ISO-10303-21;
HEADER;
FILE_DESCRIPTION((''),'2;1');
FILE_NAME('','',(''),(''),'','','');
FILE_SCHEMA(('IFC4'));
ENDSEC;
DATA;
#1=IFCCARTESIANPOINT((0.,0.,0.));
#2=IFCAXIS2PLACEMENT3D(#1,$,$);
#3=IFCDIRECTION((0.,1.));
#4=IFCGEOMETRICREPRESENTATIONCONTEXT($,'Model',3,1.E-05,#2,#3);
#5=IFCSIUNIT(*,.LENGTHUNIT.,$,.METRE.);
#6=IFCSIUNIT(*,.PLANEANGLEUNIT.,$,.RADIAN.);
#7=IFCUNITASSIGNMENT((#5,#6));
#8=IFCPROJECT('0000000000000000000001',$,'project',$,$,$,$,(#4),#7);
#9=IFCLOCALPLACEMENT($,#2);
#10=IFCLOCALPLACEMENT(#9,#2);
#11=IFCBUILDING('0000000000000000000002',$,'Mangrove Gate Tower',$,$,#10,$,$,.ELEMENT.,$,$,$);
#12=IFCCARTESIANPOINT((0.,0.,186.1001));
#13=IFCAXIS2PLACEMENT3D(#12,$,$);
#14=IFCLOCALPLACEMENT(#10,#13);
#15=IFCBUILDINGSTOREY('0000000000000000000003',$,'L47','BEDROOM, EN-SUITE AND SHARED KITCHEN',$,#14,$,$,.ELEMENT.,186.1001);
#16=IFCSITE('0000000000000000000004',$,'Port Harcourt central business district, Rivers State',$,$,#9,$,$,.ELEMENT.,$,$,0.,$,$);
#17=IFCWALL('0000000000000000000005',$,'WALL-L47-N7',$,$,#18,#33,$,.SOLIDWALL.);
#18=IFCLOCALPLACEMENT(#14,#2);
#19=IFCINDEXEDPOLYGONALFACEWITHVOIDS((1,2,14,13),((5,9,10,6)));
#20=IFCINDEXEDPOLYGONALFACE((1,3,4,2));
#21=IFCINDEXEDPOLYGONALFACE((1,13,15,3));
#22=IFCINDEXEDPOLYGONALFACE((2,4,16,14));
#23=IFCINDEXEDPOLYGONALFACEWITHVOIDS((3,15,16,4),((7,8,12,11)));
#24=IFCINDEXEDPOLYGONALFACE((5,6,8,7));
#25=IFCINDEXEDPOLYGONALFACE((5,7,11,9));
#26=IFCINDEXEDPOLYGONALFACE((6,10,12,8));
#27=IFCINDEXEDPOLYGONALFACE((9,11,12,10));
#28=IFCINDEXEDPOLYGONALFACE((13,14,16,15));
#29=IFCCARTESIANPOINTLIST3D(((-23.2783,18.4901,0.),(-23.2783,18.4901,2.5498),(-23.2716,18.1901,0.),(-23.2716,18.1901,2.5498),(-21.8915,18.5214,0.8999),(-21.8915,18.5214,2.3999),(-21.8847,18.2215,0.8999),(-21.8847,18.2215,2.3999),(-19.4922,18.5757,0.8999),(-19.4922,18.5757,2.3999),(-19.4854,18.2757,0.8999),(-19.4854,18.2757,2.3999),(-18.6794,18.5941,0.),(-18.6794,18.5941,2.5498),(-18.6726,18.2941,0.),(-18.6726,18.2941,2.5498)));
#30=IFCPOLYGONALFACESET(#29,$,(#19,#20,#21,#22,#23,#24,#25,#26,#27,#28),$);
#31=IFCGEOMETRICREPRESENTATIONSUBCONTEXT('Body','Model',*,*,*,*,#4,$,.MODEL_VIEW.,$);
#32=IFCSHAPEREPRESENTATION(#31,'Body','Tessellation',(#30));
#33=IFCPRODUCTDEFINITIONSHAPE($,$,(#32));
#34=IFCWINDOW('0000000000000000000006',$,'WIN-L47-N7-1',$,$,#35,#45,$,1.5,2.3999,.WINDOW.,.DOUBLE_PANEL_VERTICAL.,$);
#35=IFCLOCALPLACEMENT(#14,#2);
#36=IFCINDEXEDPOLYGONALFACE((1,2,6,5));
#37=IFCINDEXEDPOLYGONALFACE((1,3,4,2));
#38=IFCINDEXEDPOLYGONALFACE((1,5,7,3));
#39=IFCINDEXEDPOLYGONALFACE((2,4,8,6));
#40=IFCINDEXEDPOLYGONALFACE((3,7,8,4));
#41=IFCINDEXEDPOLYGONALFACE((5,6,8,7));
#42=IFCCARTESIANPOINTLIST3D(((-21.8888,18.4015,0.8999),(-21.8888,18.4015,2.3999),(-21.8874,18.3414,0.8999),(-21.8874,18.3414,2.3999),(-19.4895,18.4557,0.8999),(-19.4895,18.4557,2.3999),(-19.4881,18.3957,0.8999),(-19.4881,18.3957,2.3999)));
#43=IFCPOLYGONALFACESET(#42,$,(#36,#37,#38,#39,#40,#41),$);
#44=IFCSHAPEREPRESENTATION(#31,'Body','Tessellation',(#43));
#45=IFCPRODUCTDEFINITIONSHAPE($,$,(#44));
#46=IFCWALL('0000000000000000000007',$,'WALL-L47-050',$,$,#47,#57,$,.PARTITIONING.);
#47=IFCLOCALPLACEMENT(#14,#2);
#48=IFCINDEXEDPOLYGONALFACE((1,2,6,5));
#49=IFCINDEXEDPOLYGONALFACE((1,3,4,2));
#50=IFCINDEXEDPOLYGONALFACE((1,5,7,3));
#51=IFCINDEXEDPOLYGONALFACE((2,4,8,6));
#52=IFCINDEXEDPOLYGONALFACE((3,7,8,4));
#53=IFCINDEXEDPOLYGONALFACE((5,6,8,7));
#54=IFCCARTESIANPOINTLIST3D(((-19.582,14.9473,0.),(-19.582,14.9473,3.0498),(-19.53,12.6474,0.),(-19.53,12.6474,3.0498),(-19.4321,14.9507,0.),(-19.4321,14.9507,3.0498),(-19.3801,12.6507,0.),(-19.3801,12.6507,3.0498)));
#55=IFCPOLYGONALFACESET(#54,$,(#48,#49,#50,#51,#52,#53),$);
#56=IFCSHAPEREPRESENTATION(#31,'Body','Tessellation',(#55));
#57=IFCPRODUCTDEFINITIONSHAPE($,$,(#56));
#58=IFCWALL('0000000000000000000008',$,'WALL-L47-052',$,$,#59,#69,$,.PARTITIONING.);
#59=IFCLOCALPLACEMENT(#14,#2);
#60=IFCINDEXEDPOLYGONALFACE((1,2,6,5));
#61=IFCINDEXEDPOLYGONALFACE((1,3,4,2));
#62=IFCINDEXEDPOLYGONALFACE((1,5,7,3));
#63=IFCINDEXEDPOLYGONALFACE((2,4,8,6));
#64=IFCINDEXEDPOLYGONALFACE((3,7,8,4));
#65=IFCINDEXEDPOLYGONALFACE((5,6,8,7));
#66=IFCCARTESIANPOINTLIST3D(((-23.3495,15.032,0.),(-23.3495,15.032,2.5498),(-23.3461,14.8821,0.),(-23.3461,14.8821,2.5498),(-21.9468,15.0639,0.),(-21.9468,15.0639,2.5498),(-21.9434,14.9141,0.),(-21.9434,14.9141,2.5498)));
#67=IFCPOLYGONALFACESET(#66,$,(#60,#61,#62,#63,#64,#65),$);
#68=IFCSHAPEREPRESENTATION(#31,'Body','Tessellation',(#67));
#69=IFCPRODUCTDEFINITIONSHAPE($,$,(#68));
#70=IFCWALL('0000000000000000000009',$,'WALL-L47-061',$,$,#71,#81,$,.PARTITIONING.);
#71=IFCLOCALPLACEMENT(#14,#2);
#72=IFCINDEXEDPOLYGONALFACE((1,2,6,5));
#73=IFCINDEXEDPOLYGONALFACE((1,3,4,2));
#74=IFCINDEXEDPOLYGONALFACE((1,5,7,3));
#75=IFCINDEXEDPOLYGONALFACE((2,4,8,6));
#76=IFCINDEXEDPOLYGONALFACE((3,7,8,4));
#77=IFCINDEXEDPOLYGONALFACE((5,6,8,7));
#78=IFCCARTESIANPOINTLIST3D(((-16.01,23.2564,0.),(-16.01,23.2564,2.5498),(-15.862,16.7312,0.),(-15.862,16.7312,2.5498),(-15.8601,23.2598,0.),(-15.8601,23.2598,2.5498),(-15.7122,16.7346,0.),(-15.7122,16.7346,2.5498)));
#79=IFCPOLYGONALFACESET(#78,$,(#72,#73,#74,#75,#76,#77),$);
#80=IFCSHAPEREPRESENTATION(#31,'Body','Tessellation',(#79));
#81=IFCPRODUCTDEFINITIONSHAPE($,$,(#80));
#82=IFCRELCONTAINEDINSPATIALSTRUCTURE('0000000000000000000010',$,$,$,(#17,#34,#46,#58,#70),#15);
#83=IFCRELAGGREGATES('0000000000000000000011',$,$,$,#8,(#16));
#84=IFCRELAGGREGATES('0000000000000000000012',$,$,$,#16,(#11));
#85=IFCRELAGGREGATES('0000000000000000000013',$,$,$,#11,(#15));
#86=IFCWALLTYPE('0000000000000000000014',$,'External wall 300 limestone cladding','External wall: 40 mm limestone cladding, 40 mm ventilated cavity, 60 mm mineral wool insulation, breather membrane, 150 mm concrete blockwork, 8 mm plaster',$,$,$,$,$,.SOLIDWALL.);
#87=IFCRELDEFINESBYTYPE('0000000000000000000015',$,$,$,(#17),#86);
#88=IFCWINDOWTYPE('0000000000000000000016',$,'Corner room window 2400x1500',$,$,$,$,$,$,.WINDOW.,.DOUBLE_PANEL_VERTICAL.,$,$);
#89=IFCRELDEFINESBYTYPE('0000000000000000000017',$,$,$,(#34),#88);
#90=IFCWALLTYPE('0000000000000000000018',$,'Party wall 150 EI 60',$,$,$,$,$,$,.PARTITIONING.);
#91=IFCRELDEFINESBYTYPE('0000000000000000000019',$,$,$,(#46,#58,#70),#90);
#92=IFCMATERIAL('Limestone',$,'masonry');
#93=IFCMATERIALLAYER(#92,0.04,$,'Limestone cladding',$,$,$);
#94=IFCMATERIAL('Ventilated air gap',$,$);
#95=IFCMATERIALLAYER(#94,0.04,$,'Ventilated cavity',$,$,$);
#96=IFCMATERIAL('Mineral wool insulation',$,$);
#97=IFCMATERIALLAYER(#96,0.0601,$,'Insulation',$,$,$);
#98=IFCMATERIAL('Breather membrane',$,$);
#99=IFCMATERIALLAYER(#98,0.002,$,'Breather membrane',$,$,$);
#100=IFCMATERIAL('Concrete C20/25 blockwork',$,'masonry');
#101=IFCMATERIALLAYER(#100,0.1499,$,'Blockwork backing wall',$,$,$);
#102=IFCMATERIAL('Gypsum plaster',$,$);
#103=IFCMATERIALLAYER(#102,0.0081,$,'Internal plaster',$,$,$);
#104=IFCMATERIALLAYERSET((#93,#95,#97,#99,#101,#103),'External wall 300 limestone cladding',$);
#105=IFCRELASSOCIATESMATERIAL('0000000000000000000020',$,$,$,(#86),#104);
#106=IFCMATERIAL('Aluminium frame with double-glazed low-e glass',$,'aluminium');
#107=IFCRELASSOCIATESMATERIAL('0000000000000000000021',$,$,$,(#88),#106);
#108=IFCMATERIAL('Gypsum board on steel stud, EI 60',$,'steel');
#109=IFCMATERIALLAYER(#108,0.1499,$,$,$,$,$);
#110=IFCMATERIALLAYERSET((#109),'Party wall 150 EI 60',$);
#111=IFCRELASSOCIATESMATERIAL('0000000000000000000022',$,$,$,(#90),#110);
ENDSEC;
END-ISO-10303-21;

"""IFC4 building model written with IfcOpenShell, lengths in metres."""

from ifc_helpers import new_model, si_unit, direction, frame, frame_2d, origin, place, context, subcontext, project, spatial, rectangle, extrude, material, layer, layer_set, type_object, element, fill, save


model = new_model("IFC4")

# Units and contexts
model_context = context("Model", 3, precision=1e-05, world=origin(), true_north=direction((0.0, 1.0)))
body_context = subcontext(model_context, "Body", "Model", "MODEL_VIEW")
ifc_project = project(units=[si_unit("LENGTHUNIT", "METRE"), si_unit("PLANEANGLEUNIT", "RADIAN")], contexts=[model_context])

# Site, building, storey
site_placement = place(None, origin())
site = spatial("IfcSite", under=ifc_project, at=site_placement, Name="Port Harcourt central business district, Rivers State", CompositionType="ELEMENT", RefElevation=0.0)
building_placement = place(site_placement, origin())
building = spatial("IfcBuilding", under=site, at=building_placement, Name="Mangrove Gate Tower", CompositionType="ELEMENT")
storey_placement = place(building_placement, frame((0.0, 0.0, 186.1001)))
storey = spatial("IfcBuildingStorey", under=building, at=storey_placement, Name="L47", Description="BEDROOM, EN-SUITE AND SHARED KITCHEN", CompositionType="ELEMENT", Elevation=186.1001)

# Wall, opening, window
ifc_material_1 = material(Name="Limestone", Category="masonry")
ifc_layer_1 = layer(ifc_material_1, 0.04, Name="Limestone cladding")
ifc_material_2 = material(Name="Ventilated air gap")
ifc_layer_2 = layer(ifc_material_2, 0.04, Name="Ventilated cavity")
ifc_material_3 = material(Name="Mineral wool insulation")
ifc_layer_3 = layer(ifc_material_3, 0.0601, Name="Insulation")
ifc_material_4 = material(Name="Breather membrane")
ifc_layer_4 = layer(ifc_material_4, 0.002, Name="Breather membrane")
ifc_material_5 = material(Name="Concrete C20/25 blockwork", Category="masonry")
ifc_layer_5 = layer(ifc_material_5, 0.1499, Name="Blockwork backing wall")
ifc_material_6 = material(Name="Gypsum plaster")
ifc_layer_6 = layer(ifc_material_6, 0.0081, Name="Internal plaster")
ifc_layer_set_1 = layer_set([ifc_layer_1, ifc_layer_2, ifc_layer_3, ifc_layer_4, ifc_layer_5, ifc_layer_6], Name="External wall 300 limestone cladding")
wall_type_1 = type_object("IfcWallType", Name="External wall 300 limestone cladding", Description="External wall: 40 mm limestone cladding, 40 mm ventilated cavity, 60 mm mineral wool insulation, breather membrane, 150 mm concrete blockwork, 8 mm plaster", PredefinedType="SOLIDWALL", material=ifc_layer_set_1)
ifc_material_7 = material(Name="Aluminium frame with double-glazed low-e glass", Category="aluminium")
window_type = type_object("IfcWindowType", Name="Corner room window 2400x1500", PartitioningType="DOUBLE_PANEL_VERTICAL", PredefinedType="WINDOW", material=ifc_material_7)
wall_1_placement = place(storey_placement, frame((-18.676, 18.4441, 0.0), z_axis=(0.0, 0.0, 1.0), x_axis=(-0.999744, -0.022609, 0.0)))
wall_1 = element("IfcWall", 1, at=wall_1_placement, inside=storey, type_object=wall_type_1, Name="WALL-L47-N7", PredefinedType="SOLIDWALL", context=body_context, shape_type="SweptSolid", body=[
    extrude(rectangle(XDim=4.6001, YDim=0.3, at=frame_2d((2.3, 0.0))), origin(), (0.0, 0.0, 1.0), 2.5498),
])
opening_1_placement = place(wall_1_placement, frame((0.813, 0.0, 0.8999)))
opening_1 = element("IfcOpeningElement", 2, at=opening_1_placement, cuts=wall_1, PredefinedType="OPENING", context=body_context, shape_type="SweptSolid", body=[
    extrude(rectangle(XDim=2.3999, YDim=1.5, at=frame_2d((1.2, 0.75))), frame((0.0, 0.1599, 0.0), z_axis=(0.0, -1.0, 0.0), x_axis=(1.0, 0.0, 0.0)), (0.0, 0.0, 1.0), 0.3201),
])
window_1_placement = place(opening_1_placement, origin())
window_1 = element("IfcWindow", 3, at=window_1_placement, inside=storey, type_object=window_type, Name="WIN-L47-N7-1", OverallHeight=1.5, OverallWidth=2.3999, PartitioningType="DOUBLE_PANEL_VERTICAL", PredefinedType="WINDOW", context=body_context, shape_type="SweptSolid", body=[
    extrude(rectangle(XDim=2.3999, YDim=1.5, at=frame_2d((1.2, 0.75))), frame((0.0, 0.03, 0.0), z_axis=(0.0, -1.0, 0.0), x_axis=(1.0, 0.0, 0.0)), (0.0, 0.0, 1.0), 0.0601),
])
fill(opening_1, window_1)

# Walls
ifc_material_8 = material(Name="Gypsum board on steel stud, EI 60", Category="steel")
ifc_layer_7 = layer(ifc_material_8, 0.1499)
ifc_layer_set_2 = layer_set([ifc_layer_7], Name="Party wall 150 EI 60")
wall_type_2 = type_object("IfcWallType", Name="Party wall 150 EI 60", PredefinedType="PARTITIONING", material=ifc_layer_set_2)
wall_2_placement = place(storey_placement, frame((-19.4551, 12.6489, 0.0), z_axis=(0.0, 0.0, 1.0), x_axis=(-0.022603, 0.999745, 0.0)))
element("IfcWall", 4, at=wall_2_placement, inside=storey, type_object=wall_type_2, Name="WALL-L47-050", PredefinedType="PARTITIONING", context=body_context, shape_type="SweptSolid", body=[
    extrude(rectangle(XDim=2.3005, YDim=0.1499, at=frame_2d((1.1504, 0.0))), origin(), (0.0, 0.0, 1.0), 3.0498),
])
wall_3_placement = place(storey_placement, frame((-23.3479, 14.957, 0.0), z_axis=(0.0, 0.0, 1.0), x_axis=(0.99974, 0.022793, 0.0)))
element("IfcWall", 5, at=wall_3_placement, inside=storey, type_object=wall_type_2, Name="WALL-L47-052", PredefinedType="PARTITIONING", context=body_context, shape_type="SweptSolid", body=[
    extrude(rectangle(XDim=1.4031, YDim=0.1499, at=frame_2d((0.7017, 0.0))), origin(), (0.0, 0.0, 1.0), 2.5498),
])
wall_4_placement = place(storey_placement, frame((-15.7871, 16.7329, 0.0), z_axis=(0.0, 0.0, 1.0), x_axis=(-0.022668, 0.999743, 0.0)))
element("IfcWall", 6, at=wall_4_placement, inside=storey, type_object=wall_type_2, Name="WALL-L47-061", PredefinedType="PARTITIONING", context=body_context, shape_type="SweptSolid", body=[
    extrude(rectangle(XDim=6.5269, YDim=0.1499, at=frame_2d((3.2634, 0.0))), origin(), (0.0, 0.0, 1.0), 2.5498),
])

save(model, "model.ifc")
